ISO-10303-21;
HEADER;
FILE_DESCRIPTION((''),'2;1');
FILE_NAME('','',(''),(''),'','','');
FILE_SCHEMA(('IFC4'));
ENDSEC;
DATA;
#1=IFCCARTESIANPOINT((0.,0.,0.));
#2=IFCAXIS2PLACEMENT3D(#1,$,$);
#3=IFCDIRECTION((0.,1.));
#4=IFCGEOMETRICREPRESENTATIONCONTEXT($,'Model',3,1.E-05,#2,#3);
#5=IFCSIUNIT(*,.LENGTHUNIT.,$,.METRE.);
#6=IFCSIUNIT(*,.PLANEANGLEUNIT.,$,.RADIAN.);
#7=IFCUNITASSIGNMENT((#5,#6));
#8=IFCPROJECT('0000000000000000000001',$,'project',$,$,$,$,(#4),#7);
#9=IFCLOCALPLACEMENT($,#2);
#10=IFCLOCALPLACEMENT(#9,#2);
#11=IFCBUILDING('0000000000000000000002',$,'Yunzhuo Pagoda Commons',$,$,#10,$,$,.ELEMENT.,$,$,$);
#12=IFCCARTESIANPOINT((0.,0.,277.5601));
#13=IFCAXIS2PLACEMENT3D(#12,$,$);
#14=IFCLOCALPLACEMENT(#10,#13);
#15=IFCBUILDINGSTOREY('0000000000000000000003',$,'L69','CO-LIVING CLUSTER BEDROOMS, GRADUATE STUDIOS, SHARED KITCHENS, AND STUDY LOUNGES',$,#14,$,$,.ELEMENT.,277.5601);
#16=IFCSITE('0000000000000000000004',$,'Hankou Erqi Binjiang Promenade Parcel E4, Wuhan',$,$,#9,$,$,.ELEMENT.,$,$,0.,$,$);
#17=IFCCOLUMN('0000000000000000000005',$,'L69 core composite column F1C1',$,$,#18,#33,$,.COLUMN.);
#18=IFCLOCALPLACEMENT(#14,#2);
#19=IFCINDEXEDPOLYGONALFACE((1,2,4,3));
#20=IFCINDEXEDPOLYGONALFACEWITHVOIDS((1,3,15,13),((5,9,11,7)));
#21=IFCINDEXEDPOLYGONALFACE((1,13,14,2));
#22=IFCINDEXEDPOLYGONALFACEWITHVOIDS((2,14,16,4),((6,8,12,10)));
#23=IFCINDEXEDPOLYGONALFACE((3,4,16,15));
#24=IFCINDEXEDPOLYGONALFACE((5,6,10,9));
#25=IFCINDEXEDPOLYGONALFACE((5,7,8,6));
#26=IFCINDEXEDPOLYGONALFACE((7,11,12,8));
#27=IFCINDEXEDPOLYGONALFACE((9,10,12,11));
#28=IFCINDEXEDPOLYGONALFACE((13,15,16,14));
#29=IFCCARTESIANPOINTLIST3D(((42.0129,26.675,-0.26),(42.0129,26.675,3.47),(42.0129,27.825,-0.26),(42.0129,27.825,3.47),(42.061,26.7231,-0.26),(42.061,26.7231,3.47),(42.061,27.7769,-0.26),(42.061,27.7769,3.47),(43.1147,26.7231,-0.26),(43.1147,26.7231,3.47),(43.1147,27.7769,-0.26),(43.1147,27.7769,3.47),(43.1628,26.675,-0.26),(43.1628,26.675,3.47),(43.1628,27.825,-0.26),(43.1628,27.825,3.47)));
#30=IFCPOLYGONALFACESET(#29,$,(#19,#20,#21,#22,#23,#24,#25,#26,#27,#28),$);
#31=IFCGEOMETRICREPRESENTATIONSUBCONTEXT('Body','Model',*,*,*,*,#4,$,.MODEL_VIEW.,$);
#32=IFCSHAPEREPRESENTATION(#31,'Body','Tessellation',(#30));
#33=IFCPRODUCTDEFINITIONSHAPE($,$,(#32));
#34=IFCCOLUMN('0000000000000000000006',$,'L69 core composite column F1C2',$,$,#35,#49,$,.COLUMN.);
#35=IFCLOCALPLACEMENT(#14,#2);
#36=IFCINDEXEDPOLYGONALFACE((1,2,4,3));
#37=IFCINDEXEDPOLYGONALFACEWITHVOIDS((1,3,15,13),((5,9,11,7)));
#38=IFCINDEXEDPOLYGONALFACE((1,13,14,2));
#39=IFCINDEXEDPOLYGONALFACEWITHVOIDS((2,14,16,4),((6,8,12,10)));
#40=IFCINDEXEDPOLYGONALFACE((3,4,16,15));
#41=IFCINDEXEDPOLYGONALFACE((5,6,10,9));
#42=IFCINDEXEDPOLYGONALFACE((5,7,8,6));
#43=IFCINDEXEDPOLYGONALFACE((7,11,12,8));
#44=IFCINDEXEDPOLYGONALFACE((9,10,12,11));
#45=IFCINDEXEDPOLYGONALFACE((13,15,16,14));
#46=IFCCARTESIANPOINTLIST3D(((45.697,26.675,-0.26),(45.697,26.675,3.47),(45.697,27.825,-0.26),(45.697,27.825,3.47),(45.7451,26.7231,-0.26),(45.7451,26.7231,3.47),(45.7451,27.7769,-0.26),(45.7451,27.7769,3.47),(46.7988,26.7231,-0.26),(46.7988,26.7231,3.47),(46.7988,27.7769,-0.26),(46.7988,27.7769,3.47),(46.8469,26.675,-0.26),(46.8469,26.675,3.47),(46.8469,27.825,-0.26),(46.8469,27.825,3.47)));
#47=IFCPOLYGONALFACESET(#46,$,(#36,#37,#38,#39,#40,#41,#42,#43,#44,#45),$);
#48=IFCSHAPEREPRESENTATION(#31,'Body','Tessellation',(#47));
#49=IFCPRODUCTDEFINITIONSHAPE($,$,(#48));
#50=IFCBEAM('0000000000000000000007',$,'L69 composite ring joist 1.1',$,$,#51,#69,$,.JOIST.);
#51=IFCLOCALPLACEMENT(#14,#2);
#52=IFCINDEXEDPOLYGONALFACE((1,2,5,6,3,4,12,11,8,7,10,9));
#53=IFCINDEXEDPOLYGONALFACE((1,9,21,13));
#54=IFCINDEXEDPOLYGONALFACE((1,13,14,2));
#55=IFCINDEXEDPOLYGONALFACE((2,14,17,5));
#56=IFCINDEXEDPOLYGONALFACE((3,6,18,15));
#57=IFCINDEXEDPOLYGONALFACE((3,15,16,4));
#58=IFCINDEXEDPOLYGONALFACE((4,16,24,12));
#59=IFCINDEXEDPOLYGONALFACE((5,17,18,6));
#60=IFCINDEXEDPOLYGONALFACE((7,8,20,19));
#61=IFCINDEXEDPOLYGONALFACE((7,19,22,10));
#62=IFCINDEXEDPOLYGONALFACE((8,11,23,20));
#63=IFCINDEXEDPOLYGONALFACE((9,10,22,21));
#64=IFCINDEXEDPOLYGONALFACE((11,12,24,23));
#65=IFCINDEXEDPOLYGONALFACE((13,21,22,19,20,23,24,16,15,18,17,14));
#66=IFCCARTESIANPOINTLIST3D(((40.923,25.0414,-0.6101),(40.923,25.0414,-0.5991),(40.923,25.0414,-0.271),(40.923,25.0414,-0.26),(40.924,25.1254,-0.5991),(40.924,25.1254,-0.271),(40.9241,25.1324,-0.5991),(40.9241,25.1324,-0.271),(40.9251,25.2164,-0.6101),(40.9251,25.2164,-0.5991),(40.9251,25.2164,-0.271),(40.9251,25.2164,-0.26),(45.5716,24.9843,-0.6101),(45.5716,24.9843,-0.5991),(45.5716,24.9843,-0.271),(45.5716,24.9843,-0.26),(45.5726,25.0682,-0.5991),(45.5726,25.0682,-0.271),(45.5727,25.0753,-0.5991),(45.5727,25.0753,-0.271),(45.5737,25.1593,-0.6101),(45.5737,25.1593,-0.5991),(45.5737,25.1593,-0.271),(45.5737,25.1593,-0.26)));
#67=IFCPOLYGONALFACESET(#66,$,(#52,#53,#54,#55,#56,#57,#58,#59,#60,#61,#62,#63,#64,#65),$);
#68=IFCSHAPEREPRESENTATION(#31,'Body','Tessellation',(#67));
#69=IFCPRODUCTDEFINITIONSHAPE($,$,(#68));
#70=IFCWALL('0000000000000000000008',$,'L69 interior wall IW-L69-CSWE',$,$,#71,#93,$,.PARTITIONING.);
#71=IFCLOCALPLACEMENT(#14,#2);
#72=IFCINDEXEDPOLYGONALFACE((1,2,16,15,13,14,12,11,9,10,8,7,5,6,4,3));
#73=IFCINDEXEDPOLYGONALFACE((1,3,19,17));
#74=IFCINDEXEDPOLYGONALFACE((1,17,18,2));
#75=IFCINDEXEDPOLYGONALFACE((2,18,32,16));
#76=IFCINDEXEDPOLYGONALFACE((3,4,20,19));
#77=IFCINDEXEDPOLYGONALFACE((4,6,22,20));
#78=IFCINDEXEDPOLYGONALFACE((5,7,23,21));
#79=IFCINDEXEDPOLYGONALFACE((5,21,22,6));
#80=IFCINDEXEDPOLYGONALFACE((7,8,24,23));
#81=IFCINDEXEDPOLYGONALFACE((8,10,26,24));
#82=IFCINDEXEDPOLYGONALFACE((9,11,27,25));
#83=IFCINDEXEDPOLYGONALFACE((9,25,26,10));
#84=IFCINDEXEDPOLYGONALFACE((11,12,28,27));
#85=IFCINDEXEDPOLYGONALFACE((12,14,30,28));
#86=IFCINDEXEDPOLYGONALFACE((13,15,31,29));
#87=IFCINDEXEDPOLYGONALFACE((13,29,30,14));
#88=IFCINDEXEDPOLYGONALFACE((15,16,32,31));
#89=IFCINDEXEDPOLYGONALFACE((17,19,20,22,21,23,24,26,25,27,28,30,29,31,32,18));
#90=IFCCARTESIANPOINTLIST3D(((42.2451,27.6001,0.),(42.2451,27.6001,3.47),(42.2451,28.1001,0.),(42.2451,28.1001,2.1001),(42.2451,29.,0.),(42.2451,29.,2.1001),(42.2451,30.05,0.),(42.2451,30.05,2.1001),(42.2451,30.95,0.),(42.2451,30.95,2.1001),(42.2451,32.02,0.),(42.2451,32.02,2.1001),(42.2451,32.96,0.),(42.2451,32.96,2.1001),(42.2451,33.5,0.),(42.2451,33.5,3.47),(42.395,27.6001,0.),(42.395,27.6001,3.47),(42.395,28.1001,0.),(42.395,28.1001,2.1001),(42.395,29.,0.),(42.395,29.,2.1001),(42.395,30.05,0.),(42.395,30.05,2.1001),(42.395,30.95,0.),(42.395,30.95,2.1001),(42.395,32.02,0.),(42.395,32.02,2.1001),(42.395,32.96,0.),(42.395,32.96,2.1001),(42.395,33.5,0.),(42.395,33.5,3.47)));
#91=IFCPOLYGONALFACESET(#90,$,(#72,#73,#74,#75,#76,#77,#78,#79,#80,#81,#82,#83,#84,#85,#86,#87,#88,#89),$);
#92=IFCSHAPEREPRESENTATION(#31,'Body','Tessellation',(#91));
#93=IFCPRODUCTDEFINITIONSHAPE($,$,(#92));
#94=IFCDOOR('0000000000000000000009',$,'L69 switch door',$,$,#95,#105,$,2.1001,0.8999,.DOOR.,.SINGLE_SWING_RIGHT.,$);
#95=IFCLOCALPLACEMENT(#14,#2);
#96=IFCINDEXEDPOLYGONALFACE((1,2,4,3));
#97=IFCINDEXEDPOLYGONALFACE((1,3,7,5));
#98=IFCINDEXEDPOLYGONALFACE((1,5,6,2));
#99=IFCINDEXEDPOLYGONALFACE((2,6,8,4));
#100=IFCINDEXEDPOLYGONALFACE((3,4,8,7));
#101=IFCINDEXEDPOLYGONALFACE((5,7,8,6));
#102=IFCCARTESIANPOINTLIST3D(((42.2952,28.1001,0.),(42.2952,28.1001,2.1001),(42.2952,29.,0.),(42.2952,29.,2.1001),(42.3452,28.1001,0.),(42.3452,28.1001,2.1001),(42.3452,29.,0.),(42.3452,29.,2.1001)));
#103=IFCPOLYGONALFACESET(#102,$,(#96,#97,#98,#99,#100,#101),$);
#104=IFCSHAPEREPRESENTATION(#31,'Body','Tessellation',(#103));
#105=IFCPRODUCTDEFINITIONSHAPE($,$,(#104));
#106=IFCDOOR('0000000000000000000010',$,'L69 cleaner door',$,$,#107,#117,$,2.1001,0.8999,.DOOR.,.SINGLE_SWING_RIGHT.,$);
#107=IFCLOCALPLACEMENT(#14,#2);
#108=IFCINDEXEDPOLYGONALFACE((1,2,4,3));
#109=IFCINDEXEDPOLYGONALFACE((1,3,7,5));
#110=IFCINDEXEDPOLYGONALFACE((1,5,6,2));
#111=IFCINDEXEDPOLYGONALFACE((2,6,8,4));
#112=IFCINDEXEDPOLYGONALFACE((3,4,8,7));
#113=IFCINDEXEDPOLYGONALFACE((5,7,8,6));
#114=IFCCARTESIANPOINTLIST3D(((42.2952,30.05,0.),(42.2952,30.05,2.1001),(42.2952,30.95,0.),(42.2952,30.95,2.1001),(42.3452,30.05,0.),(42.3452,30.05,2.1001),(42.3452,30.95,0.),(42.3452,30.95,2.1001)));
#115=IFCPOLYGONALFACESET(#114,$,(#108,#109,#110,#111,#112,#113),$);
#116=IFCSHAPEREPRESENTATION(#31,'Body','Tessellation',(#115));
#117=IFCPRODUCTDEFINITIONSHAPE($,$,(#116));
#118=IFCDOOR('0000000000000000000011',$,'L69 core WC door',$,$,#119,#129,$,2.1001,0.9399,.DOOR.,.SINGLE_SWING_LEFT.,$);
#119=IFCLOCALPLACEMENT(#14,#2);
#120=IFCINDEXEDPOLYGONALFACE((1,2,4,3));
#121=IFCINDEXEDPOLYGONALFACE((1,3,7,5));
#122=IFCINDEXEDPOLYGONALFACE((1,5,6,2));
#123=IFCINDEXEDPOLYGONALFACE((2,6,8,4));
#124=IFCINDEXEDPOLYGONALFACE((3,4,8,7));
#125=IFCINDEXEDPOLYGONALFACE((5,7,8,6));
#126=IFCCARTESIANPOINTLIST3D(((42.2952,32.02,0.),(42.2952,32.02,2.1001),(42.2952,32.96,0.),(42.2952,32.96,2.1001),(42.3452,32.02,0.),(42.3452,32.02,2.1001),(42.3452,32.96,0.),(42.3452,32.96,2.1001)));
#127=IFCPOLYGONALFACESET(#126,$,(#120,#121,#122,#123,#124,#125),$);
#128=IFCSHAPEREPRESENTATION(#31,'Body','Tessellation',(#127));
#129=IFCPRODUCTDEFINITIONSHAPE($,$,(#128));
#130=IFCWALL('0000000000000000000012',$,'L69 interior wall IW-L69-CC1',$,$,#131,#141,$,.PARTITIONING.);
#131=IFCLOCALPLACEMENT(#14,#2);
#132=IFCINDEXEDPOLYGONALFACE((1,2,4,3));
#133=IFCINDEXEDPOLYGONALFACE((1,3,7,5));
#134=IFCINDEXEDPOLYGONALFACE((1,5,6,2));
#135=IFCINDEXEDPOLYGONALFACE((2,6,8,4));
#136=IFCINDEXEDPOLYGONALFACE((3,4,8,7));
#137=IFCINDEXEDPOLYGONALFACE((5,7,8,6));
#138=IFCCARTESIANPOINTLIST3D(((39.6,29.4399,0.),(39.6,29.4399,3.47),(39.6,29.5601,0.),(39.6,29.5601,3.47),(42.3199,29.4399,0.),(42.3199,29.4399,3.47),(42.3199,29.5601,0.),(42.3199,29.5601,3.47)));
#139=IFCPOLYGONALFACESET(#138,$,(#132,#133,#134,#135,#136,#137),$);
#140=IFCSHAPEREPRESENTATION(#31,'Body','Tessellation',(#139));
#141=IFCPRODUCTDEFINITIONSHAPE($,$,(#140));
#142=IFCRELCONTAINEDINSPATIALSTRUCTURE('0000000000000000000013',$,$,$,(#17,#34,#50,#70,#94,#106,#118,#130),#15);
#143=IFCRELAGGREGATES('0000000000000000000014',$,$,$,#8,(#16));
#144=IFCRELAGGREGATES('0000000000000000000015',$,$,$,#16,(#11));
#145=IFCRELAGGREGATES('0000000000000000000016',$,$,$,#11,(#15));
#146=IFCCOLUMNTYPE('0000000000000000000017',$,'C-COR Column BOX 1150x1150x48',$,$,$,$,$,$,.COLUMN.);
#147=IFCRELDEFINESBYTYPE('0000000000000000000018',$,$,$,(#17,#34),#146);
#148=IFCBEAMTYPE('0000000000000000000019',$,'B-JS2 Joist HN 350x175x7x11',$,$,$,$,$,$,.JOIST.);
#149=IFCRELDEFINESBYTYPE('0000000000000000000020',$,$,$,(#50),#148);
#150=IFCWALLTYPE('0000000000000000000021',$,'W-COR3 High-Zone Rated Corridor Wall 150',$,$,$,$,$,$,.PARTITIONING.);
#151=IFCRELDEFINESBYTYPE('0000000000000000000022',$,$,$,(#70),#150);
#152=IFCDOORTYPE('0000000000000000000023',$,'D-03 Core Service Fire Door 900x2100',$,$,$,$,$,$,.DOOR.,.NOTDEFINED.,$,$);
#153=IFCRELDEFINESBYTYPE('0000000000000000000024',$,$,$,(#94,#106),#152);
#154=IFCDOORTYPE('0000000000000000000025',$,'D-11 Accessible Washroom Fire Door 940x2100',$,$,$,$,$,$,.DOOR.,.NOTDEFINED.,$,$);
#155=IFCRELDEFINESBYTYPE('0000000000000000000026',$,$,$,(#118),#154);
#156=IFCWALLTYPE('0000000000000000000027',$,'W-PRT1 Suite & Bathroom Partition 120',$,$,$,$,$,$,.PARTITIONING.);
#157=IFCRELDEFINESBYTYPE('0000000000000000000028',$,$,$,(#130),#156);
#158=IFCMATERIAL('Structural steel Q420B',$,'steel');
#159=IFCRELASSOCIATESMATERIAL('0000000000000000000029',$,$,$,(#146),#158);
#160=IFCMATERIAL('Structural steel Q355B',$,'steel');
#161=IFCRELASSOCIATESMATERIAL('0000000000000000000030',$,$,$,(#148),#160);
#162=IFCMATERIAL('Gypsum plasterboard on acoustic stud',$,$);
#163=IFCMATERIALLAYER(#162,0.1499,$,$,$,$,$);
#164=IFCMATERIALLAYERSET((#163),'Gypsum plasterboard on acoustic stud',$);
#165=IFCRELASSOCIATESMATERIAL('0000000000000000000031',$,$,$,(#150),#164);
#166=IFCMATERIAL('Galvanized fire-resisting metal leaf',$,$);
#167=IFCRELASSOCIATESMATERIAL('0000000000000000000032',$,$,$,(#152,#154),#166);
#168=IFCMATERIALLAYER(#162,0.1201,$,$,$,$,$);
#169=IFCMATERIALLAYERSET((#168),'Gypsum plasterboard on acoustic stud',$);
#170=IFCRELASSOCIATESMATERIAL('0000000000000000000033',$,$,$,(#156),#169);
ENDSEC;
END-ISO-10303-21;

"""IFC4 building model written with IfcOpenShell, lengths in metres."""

from ifc_helpers import new_model, si_unit, direction, frame, frame_2d, origin, origin_with_axes, origin_2d, place, context, subcontext, project, spatial, rectangle, hollow_rectangle, i_section, extrude, source, transform, mapped, material, layer, layer_set, material_profile, profile_set, type_object, element, fill, save


model = new_model("IFC4")

# Units and contexts
model_context = context("Model", 3, precision=1e-05, world=origin(), true_north=direction((0.0, 1.0)))
body_context = subcontext(model_context, "Body", "Model", "MODEL_VIEW")
ifc_project = project(units=[si_unit("LENGTHUNIT", "METRE"), si_unit("PLANEANGLEUNIT", "RADIAN")], contexts=[model_context])

# Site, building, storey
site_placement = place(None, origin())
site = spatial("IfcSite", under=ifc_project, at=site_placement, Name="Hankou Erqi Binjiang Promenade Parcel E4, Wuhan", CompositionType="ELEMENT", RefElevation=0.0)
building_placement = place(site_placement, origin())
building = spatial("IfcBuilding", under=site, at=building_placement, Name="Yunzhuo Pagoda Commons", CompositionType="ELEMENT")
storey_placement = place(building_placement, frame((0.0, 0.0, 277.5601)))
storey = spatial("IfcBuildingStorey", under=building, at=storey_placement, Name="L69", Description="CO-LIVING CLUSTER BEDROOMS, GRADUATE STUDIOS, SHARED KITCHENS, AND STUDY LOUNGES", CompositionType="ELEMENT", Elevation=277.5601)

# Columns
ifc_material_1 = material(Name="Structural steel Q420B", Category="steel")
ifc_material_profile_1 = material_profile(ifc_material_1, hollow_rectangle(XDim=1.1499, YDim=1.1499, WallThickness=0.0481, at=origin_2d()), Name="Structural steel Q420B")
ifc_profile_set_1 = profile_set([ifc_material_profile_1], Name="Structural steel Q420B")
column_type = type_object("IfcColumnType", Name="C-COR Column BOX 1150x1150x48", PredefinedType="COLUMN", material=ifc_profile_set_1)
shared_shape_1 = source(origin(), body_context, "Body", "SweptSolid", [
    extrude(hollow_rectangle(XDim=1.1499, YDim=1.1499, WallThickness=0.0481, at=origin_2d()), origin(), (0.0, 0.0, 1.0), 3.73),
])
for number, where, z_axis, x_axis, name in (
    (1, (42.5879, 27.25, -0.26), (0.0, 0.0, 1.0), (1.0, 0.0, 0.0), "L69 core composite column F1C1"),
    (2, (46.272, 27.25, -0.26), (0.0, 0.0, 1.0), (1.0, 0.0, 0.0), "L69 core composite column F1C2"),
):
    element("IfcColumn", number, at=place(storey_placement, frame(where, z_axis=z_axis, x_axis=x_axis)), inside=storey, type_object=column_type, Name=name, PredefinedType="COLUMN", context=body_context, shape_type="MappedRepresentation", body=[
        mapped(shared_shape_1, transform((0.0, 0.0, 0.0), scale=1.0)),
    ])

# Beam
ifc_material_2 = material(Name="Structural steel Q355B", Category="steel")
ifc_material_profile_2 = material_profile(ifc_material_2, i_section(OverallWidth=0.175, OverallDepth=0.3501, WebThickness=0.0071, FlangeThickness=0.011, at=origin_2d()), Name="Structural steel Q355B")
ifc_profile_set_2 = profile_set([ifc_material_profile_2], Name="Structural steel Q355B")
beam_type = type_object("IfcBeamType", Name="B-JS2 Joist HN 350x175x7x11", PredefinedType="JOIST", material=ifc_profile_set_2)
shared_shape_2 = source(origin(), body_context, "Body", "SweptSolid", [
    extrude(i_section(OverallWidth=0.175, OverallDepth=0.3501, WebThickness=0.0071, FlangeThickness=0.011, at=origin_2d()), origin(), (0.0, 0.0, 1.0), 4.6489),
])
beam_placement = place(storey_placement, frame((40.9241, 25.1289, -0.4351), z_axis=(0.999924, -0.012288, 0.0), x_axis=(0.012288, 0.999924, 0.0)))
element("IfcBeam", 3, at=beam_placement, inside=storey, type_object=beam_type, Name="L69 composite ring joist 1.1", PredefinedType="JOIST", context=body_context, shape_type="MappedRepresentation", body=[
    mapped(shared_shape_2, transform((0.0, 0.0, 0.0), scale=1.0)),
])

# Wall, openings, doors
ifc_material_3 = material(Name="Gypsum plasterboard on acoustic stud")
ifc_layer_1 = layer(ifc_material_3, 0.1499)
ifc_layer_set_1 = layer_set([ifc_layer_1], Name="Gypsum plasterboard on acoustic stud")
wall_type_1 = type_object("IfcWallType", Name="W-COR3 High-Zone Rated Corridor Wall 150", PredefinedType="PARTITIONING", material=ifc_layer_set_1)
wall_1_placement = place(storey_placement, frame((42.3201, 27.6001, 0.0), z_axis=(0.0, 0.0, 1.0), x_axis=(0.0, 1.0, 0.0)))
wall_1 = element("IfcWall", 4, at=wall_1_placement, inside=storey, type_object=wall_type_1, Name="L69 interior wall IW-L69-CSWE", PredefinedType="PARTITIONING", context=body_context, shape_type="SweptSolid", body=[
    extrude(rectangle(XDim=5.8999, YDim=0.1499, at=frame_2d((2.95, 0.0))), origin(), (0.0, 0.0, 1.0), 3.47),
])
opening_1_placement = place(wall_1_placement, frame((0.5, 0.0, 0.0)))
opening_1 = element("IfcOpeningElement", 5, at=opening_1_placement, cuts=wall_1, PredefinedType="OPENING", context=body_context, shape_type="SweptSolid", body=[
    extrude(rectangle(XDim=0.8999, YDim=2.1001, at=frame_2d((0.45, 1.05))), frame((0.0, 0.085, 0.0), z_axis=(0.0, -1.0, 0.0), x_axis=(1.0, 0.0, 0.0)), (0.0, 0.0, 1.0), 0.1699),
])
opening_2_placement = place(wall_1_placement, frame((2.45, 0.0, 0.0)))
opening_2 = element("IfcOpeningElement", 6, at=opening_2_placement, cuts=wall_1, PredefinedType="OPENING", context=body_context, shape_type="SweptSolid", body=[
    extrude(rectangle(XDim=0.8999, YDim=2.1001, at=frame_2d((0.45, 1.05))), frame((0.0, 0.085, 0.0), z_axis=(0.0, -1.0, 0.0), x_axis=(1.0, 0.0, 0.0)), (0.0, 0.0, 1.0), 0.1699),
])
opening_3_placement = place(wall_1_placement, frame((4.4199, 0.0, 0.0)))
opening_3 = element("IfcOpeningElement", 7, at=opening_3_placement, cuts=wall_1, PredefinedType="OPENING", context=body_context, shape_type="SweptSolid", body=[
    extrude(rectangle(XDim=0.9399, YDim=2.1001, at=frame_2d((0.47, 1.05))), frame((0.0, 0.085, 0.0), z_axis=(0.0, -1.0, 0.0), x_axis=(1.0, 0.0, 0.0)), (0.0, 0.0, 1.0), 0.1699),
])
ifc_material_4 = material(Name="Galvanized fire-resisting metal leaf")
door_type_1 = type_object("IfcDoorType", Name="D-03 Core Service Fire Door 900x2100", OperationType="NOTDEFINED", PredefinedType="DOOR", material=ifc_material_4)
shared_shape_3 = source(origin(), body_context, "Body", "SweptSolid", [
    extrude(rectangle(XDim=0.8999, YDim=2.1001, at=frame_2d((0.45, 1.05))), frame((0.0, 0.0249, 0.0), z_axis=(0.0, -1.0, 0.0), x_axis=(1.0, 0.0, 0.0)), (0.0, 0.0, 1.0), 0.05),
])
door_1_placement = place(opening_1_placement, origin_with_axes())
door_1 = element("IfcDoor", 8, at=door_1_placement, inside=storey, type_object=door_type_1, Name="L69 switch door", OperationType="SINGLE_SWING_RIGHT", OverallHeight=2.1001, OverallWidth=0.8999, PredefinedType="DOOR", context=body_context, shape_type="MappedRepresentation", body=[
    mapped(shared_shape_3, transform((0.0, 0.0, 0.0), scale=1.0)),
])
fill(opening_1, door_1)
door_2_placement = place(opening_2_placement, origin_with_axes())
door_2 = element("IfcDoor", 9, at=door_2_placement, inside=storey, type_object=door_type_1, Name="L69 cleaner door", OperationType="SINGLE_SWING_RIGHT", OverallHeight=2.1001, OverallWidth=0.8999, PredefinedType="DOOR", context=body_context, shape_type="MappedRepresentation", body=[
    mapped(shared_shape_3, transform((0.0, 0.0, 0.0), scale=1.0)),
])
fill(opening_2, door_2)
door_type_2 = type_object("IfcDoorType", Name="D-11 Accessible Washroom Fire Door 940x2100", OperationType="NOTDEFINED", PredefinedType="DOOR", material=ifc_material_4)
shared_shape_4 = source(origin(), body_context, "Body", "SweptSolid", [
    extrude(rectangle(XDim=0.9399, YDim=2.1001, at=frame_2d((0.47, 1.05))), frame((0.0, 0.0249, 0.0), z_axis=(0.0, -1.0, 0.0), x_axis=(1.0, 0.0, 0.0)), (0.0, 0.0, 1.0), 0.05),
])
door_3_placement = place(opening_3_placement, origin_with_axes())
door_3 = element("IfcDoor", 10, at=door_3_placement, inside=storey, type_object=door_type_2, Name="L69 core WC door", OperationType="SINGLE_SWING_LEFT", OverallHeight=2.1001, OverallWidth=0.9399, PredefinedType="DOOR", context=body_context, shape_type="MappedRepresentation", body=[
    mapped(shared_shape_4, transform((0.0, 0.0, 0.0), scale=1.0)),
])
fill(opening_3, door_3)

# Wall
ifc_layer_2 = layer(ifc_material_3, 0.1201)
ifc_layer_set_2 = layer_set([ifc_layer_2], Name="Gypsum plasterboard on acoustic stud")
wall_type_2 = type_object("IfcWallType", Name="W-PRT1 Suite & Bathroom Partition 120", PredefinedType="PARTITIONING", material=ifc_layer_set_2)
wall_2_placement = place(storey_placement, frame((39.6001, 29.5, 0.0), z_axis=(0.0, 0.0, 1.0), x_axis=(1.0, 0.0, 0.0)))
element("IfcWall", 11, at=wall_2_placement, inside=storey, type_object=wall_type_2, Name="L69 interior wall IW-L69-CC1", PredefinedType="PARTITIONING", context=body_context, shape_type="SweptSolid", body=[
    extrude(rectangle(XDim=2.72, YDim=0.1201, at=frame_2d((1.3599, 0.0))), origin(), (0.0, 0.0, 1.0), 3.47),
])

save(model, "model.ifc")
